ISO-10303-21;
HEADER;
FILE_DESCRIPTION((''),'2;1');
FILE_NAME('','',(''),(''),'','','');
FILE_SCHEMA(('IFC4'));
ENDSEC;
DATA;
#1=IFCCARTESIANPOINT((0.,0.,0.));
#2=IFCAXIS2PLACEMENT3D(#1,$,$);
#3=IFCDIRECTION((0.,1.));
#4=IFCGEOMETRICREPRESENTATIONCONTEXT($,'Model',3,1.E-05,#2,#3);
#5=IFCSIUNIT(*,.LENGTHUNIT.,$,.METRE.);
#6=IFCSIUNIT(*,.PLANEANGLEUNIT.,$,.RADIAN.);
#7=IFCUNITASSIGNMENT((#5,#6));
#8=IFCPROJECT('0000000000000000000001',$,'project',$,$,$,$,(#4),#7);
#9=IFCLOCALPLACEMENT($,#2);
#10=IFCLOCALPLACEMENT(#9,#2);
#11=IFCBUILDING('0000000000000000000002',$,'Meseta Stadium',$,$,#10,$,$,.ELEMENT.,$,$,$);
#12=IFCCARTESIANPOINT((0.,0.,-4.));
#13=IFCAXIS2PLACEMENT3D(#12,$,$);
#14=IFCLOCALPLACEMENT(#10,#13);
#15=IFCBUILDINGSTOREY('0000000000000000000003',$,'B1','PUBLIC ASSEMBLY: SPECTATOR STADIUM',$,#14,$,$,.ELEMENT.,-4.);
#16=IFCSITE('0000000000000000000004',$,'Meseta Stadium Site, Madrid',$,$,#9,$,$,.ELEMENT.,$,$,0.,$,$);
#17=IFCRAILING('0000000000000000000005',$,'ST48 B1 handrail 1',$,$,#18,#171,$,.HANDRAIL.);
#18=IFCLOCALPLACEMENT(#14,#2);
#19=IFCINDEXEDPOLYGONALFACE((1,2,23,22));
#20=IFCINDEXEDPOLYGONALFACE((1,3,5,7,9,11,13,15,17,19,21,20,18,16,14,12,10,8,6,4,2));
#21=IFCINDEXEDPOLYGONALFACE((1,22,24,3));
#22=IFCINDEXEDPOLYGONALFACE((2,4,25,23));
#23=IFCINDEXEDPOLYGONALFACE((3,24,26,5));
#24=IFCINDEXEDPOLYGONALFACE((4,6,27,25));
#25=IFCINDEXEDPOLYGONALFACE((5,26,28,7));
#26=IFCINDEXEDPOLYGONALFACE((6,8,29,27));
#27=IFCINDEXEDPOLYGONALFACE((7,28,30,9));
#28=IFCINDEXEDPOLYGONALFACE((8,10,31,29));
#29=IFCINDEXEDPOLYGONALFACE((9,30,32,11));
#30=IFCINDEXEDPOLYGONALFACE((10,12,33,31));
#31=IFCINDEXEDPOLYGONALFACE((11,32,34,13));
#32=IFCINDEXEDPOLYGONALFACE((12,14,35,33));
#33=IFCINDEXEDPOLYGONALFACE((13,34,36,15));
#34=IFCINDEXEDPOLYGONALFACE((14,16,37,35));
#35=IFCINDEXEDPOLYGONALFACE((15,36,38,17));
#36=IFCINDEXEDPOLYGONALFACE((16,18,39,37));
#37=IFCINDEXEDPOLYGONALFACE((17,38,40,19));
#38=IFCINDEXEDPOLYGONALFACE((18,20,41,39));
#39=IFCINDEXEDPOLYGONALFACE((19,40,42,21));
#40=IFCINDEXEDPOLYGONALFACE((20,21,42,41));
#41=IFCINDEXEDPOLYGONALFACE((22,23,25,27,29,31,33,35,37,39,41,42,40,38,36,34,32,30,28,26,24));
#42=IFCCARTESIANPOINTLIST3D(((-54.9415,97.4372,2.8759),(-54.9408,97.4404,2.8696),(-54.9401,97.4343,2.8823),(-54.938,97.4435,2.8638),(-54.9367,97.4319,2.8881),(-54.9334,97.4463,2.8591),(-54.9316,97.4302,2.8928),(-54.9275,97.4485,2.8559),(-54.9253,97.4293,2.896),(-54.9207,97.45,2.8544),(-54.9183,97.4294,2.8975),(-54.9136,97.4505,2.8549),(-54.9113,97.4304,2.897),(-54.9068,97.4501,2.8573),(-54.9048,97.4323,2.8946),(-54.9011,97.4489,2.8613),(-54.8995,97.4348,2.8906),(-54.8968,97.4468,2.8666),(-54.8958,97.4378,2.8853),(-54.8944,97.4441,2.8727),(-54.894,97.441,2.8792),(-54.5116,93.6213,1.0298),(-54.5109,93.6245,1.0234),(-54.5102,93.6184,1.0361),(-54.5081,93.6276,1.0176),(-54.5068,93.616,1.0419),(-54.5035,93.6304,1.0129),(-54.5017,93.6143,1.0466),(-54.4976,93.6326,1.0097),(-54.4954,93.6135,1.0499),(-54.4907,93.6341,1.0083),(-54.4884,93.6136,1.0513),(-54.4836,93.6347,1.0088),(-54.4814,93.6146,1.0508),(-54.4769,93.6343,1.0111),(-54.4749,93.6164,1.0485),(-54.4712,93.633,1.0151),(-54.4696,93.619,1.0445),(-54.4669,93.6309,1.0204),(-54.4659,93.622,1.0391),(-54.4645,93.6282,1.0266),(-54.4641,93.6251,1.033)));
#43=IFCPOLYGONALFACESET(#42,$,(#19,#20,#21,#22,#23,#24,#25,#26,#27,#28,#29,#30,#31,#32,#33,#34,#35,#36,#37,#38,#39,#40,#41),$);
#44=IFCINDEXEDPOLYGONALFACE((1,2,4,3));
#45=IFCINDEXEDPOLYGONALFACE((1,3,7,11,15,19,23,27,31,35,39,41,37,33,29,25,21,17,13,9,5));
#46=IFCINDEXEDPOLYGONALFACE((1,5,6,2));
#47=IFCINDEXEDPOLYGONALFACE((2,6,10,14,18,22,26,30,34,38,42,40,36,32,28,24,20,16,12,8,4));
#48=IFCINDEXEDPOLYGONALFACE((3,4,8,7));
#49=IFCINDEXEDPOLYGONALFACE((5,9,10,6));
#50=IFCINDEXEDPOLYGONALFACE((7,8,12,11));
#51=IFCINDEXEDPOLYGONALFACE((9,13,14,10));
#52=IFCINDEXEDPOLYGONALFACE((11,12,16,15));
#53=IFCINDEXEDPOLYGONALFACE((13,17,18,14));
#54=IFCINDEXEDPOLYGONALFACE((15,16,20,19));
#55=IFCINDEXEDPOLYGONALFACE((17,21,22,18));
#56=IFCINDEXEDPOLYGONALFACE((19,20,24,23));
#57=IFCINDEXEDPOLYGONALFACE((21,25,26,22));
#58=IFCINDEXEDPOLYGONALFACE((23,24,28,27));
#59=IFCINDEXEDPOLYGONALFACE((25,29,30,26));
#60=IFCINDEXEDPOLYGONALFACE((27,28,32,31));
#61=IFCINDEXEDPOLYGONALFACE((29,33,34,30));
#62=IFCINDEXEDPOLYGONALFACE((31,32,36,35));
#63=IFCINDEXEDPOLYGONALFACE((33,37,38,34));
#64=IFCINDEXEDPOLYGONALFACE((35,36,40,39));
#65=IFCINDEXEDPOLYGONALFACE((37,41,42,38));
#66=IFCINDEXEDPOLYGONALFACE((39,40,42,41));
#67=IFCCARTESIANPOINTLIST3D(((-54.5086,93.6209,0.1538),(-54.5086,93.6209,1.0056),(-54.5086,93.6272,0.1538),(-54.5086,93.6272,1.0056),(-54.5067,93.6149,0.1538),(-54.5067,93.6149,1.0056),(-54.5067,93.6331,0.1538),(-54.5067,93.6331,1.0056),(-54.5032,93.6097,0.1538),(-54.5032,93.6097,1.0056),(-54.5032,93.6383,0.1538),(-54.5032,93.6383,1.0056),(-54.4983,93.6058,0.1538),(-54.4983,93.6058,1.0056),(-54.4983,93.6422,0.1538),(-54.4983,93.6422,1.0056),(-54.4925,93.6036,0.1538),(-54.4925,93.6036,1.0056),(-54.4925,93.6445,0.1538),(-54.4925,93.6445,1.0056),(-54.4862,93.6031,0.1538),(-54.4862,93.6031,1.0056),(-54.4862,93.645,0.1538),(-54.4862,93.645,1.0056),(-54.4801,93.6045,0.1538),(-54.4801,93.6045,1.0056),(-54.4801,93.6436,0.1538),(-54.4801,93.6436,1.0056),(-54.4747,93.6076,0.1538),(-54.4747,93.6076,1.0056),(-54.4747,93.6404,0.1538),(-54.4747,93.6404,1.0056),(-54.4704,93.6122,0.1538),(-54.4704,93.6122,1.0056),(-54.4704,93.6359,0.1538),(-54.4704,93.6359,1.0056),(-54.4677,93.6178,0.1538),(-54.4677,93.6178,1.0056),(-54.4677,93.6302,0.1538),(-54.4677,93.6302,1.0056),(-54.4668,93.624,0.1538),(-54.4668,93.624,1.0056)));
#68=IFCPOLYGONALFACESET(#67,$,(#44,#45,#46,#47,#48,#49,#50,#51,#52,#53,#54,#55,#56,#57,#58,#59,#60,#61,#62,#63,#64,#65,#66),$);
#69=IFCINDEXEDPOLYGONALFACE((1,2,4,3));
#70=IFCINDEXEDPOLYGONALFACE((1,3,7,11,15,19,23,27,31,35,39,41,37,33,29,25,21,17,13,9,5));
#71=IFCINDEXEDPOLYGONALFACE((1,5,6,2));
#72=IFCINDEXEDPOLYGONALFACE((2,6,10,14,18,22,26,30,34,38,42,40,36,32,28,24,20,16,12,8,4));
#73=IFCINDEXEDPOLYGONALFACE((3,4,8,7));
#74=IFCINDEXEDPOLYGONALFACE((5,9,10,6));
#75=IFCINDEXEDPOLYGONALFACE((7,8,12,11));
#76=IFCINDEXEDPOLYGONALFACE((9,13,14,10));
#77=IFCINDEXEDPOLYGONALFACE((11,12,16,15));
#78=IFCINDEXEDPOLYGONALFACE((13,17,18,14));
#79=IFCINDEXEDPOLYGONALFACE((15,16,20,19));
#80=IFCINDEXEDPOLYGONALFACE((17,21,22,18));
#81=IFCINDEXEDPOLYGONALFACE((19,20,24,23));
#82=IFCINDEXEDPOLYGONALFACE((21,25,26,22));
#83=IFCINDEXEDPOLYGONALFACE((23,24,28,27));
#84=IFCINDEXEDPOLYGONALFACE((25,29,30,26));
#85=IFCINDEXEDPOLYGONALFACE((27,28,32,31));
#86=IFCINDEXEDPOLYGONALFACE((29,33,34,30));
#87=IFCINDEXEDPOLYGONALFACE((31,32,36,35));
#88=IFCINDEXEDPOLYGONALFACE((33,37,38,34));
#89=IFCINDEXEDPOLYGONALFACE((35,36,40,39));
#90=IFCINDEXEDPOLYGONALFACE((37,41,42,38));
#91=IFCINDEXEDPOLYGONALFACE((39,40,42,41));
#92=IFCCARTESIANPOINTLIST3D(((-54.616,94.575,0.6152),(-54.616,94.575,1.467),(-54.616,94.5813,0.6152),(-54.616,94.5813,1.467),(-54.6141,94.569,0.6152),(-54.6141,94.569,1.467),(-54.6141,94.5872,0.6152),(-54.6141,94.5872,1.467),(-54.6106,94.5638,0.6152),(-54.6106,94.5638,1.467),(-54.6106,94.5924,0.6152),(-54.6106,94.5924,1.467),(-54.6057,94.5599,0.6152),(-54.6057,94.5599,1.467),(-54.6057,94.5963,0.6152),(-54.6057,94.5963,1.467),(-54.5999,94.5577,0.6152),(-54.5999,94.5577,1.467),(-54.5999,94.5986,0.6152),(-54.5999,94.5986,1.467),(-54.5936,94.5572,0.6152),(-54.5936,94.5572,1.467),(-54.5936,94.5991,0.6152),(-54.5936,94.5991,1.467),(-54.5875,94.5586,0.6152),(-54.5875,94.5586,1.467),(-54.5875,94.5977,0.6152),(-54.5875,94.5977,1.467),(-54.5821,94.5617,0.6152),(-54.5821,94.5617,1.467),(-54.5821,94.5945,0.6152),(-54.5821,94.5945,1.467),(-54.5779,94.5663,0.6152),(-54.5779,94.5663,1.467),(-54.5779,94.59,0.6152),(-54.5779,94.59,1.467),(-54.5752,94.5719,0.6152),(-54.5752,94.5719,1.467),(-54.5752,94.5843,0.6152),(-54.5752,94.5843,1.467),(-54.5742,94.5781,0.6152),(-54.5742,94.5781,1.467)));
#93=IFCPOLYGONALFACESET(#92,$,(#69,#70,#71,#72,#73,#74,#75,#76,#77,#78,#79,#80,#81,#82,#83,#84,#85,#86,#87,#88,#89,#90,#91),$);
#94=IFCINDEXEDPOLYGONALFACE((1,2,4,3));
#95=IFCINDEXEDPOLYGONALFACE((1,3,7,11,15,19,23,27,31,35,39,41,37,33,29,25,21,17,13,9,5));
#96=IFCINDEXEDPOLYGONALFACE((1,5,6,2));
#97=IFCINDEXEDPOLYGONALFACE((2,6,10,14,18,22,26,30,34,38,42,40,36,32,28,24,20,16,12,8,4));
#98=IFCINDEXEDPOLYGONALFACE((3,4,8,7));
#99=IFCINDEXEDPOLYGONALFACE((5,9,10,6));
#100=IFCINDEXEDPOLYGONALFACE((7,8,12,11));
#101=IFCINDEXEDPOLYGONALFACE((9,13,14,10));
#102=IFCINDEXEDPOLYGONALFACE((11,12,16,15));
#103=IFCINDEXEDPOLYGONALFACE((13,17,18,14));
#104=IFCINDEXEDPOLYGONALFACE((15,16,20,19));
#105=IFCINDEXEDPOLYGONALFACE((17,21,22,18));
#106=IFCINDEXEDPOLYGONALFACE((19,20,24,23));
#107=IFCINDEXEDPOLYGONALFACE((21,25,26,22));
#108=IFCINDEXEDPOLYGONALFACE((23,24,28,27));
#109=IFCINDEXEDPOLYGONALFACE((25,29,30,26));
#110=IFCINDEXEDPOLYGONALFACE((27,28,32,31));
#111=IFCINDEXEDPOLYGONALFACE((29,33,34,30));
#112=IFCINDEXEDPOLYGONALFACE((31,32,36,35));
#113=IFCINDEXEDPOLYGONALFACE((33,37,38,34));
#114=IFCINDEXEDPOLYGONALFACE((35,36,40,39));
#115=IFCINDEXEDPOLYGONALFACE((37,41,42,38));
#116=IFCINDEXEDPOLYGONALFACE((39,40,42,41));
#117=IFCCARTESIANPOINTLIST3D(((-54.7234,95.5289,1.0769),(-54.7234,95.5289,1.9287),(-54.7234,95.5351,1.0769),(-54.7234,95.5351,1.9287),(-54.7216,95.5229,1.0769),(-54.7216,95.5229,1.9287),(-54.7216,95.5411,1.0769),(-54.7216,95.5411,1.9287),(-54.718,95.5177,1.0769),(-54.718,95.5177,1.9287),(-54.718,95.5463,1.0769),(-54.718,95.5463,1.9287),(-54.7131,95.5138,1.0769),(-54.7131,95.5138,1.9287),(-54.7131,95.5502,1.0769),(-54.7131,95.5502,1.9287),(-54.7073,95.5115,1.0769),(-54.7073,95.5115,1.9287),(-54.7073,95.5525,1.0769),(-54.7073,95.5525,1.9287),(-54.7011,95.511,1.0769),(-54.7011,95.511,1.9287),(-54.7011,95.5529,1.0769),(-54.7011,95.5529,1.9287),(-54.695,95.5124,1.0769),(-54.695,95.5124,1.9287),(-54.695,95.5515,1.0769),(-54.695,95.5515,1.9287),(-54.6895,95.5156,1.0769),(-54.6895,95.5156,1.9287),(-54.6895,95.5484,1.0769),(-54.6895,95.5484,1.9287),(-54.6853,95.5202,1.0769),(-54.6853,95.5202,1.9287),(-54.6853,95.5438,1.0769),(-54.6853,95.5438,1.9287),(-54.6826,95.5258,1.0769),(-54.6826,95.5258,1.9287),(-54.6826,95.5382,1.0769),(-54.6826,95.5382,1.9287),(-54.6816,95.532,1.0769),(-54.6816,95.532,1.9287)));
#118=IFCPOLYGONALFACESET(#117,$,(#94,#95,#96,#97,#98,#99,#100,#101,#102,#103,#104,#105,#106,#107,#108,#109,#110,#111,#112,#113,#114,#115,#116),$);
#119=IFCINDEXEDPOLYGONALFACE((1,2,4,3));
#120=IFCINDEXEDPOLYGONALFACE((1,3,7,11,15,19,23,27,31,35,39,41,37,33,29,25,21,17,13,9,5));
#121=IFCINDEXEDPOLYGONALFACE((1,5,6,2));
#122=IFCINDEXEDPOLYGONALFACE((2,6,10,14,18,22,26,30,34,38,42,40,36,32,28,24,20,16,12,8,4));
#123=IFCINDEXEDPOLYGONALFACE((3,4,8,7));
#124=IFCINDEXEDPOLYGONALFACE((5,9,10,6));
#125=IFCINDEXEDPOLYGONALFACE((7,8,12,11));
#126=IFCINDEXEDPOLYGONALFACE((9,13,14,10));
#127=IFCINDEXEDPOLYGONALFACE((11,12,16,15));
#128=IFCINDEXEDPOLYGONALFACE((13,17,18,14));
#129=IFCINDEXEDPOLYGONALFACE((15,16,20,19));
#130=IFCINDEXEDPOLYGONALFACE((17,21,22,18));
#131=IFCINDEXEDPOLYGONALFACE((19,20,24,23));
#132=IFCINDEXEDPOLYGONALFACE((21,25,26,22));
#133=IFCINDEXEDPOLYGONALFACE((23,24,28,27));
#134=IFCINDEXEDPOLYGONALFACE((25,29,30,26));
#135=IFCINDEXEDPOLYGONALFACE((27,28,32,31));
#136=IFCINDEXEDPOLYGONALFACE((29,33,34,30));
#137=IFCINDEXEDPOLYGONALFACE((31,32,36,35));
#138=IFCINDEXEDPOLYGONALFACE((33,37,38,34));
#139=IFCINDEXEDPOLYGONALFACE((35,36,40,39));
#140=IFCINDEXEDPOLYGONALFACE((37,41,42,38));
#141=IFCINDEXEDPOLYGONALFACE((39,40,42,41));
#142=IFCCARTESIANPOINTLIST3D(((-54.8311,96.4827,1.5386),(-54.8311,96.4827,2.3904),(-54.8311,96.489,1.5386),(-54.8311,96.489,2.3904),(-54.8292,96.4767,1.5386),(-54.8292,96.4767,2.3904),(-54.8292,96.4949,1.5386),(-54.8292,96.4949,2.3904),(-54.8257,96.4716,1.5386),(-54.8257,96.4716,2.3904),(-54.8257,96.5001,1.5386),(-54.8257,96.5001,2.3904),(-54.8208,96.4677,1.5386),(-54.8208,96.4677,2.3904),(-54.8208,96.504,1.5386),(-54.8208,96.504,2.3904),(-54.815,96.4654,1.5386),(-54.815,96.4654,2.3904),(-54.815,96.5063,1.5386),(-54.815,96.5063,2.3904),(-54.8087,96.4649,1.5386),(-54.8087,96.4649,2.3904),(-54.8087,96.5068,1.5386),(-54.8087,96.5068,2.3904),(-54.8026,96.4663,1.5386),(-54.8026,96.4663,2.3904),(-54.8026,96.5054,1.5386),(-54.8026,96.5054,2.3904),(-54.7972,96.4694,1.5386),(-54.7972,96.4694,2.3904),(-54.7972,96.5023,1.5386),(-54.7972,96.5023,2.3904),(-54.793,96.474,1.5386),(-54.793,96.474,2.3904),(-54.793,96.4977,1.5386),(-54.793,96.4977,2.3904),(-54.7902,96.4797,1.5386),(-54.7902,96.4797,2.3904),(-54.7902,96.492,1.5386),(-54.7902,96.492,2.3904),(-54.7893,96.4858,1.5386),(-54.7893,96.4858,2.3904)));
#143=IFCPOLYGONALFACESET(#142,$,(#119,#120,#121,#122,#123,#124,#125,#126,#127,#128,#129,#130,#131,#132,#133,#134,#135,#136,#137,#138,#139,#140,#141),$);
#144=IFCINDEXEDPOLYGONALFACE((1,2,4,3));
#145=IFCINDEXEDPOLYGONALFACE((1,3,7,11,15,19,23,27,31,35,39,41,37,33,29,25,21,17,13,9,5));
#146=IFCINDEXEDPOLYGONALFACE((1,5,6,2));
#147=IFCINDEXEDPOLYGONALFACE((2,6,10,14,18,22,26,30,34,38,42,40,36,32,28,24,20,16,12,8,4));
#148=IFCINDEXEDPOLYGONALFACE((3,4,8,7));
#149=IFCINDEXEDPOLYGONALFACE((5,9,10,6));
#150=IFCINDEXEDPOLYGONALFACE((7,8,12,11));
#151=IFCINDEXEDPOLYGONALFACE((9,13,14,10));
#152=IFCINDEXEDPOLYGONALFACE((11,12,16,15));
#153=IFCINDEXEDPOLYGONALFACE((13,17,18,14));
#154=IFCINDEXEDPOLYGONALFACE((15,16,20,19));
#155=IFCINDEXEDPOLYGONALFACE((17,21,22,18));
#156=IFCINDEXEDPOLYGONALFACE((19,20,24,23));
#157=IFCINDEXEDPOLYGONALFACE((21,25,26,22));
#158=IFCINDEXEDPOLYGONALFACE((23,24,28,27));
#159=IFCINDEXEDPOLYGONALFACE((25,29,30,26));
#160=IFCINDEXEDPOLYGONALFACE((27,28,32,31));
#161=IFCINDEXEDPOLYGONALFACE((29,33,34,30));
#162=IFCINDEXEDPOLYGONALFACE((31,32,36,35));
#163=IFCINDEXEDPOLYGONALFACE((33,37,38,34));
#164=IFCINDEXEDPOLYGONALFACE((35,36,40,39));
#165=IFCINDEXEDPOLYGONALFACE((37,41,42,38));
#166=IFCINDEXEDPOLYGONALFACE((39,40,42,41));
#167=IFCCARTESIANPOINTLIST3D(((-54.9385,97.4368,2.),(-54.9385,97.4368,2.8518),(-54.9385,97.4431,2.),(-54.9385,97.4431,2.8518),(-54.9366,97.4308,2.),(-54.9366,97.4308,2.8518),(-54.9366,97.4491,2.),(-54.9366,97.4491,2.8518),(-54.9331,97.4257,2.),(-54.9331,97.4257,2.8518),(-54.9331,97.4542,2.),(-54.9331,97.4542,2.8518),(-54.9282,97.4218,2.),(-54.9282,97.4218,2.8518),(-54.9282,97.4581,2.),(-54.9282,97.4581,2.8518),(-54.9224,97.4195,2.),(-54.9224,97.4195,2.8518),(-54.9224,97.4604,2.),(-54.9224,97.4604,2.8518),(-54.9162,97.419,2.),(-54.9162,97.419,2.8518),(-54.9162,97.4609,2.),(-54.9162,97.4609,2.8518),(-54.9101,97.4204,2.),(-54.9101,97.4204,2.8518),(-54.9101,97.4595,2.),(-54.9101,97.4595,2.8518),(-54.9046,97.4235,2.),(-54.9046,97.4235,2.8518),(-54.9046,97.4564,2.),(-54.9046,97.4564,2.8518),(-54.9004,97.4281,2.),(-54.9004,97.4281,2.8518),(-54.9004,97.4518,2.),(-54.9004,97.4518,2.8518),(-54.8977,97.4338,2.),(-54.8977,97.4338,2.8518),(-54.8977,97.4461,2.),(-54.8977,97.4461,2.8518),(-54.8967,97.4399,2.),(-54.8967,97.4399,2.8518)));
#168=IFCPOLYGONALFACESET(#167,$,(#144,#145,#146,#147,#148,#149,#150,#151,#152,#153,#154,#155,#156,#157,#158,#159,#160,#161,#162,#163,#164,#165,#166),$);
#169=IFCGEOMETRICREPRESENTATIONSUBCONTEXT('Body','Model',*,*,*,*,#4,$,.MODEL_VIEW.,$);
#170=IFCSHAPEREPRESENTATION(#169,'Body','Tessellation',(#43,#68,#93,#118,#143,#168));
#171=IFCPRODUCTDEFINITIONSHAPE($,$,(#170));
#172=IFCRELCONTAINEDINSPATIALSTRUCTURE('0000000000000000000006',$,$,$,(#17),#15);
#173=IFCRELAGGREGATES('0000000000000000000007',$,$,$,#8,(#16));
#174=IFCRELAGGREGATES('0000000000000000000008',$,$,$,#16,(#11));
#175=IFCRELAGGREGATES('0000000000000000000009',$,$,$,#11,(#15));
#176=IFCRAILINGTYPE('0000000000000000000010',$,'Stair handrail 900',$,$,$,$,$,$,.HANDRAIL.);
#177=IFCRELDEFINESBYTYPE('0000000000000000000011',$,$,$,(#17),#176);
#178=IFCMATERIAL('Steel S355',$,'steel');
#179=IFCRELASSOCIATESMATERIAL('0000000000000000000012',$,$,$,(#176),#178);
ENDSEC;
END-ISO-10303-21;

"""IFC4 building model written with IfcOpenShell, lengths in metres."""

from ifc_helpers import new_model, si_unit, direction, frame, origin, origin_2d, place, context, subcontext, project, spatial, circle, extrude, material, type_object, element, save


model = new_model("IFC4")

# Units and contexts
model_context = context("Model", 3, precision=1e-05, world=origin(), true_north=direction((0.0, 1.0)))
body_context = subcontext(model_context, "Body", "Model", "MODEL_VIEW")
ifc_project = project(units=[si_unit("LENGTHUNIT", "METRE"), si_unit("PLANEANGLEUNIT", "RADIAN")], contexts=[model_context])

# Site, building, storey
site_placement = place(None, origin())
site = spatial("IfcSite", under=ifc_project, at=site_placement, Name="Meseta Stadium Site, Madrid", CompositionType="ELEMENT", RefElevation=0.0)
building_placement = place(site_placement, origin())
building = spatial("IfcBuilding", under=site, at=building_placement, Name="Meseta Stadium", CompositionType="ELEMENT")
storey_placement = place(building_placement, frame((0.0, 0.0, -4.0)))
storey = spatial("IfcBuildingStorey", under=building, at=storey_placement, Name="B1", Description="PUBLIC ASSEMBLY: SPECTATOR STADIUM", CompositionType="ELEMENT", Elevation=-4.0)

# Railing
ifc_material_1 = material(Name="Steel S355", Category="steel")
railing_type_1 = type_object("IfcRailingType", Name="Stair handrail 900", PredefinedType="HANDRAIL", material=ifc_material_1)
railing_1_placement = place(storey_placement, frame((-54.4878, 93.624, 0.1538)))
element("IfcRailing", 1, at=railing_1_placement, inside=storey, type_object=railing_type_1, Name="ST48 B1 handrail 1", PredefinedType="HANDRAIL", context=body_context, shape_type="SweptSolid", body=[
    extrude(circle(Radius=0.0239, at=origin_2d()), frame((0.0, 0.0, 0.876), z_axis=(-0.100904, 0.895585, 0.433296), x_axis=(-0.993713, -0.11196, 0.0)), (0.0, 0.0, 1.0), 4.2607),
    extrude(circle(Radius=0.021, at=origin_2d()), origin(), (0.0, 0.0, 1.0), 0.8518),
    extrude(circle(Radius=0.021, at=origin_2d()), frame((-0.1074, 0.9541, 0.4614)), (0.0, 0.0, 1.0), 0.8518),
    extrude(circle(Radius=0.021, at=origin_2d()), frame((-0.2148, 1.908, 0.9231)), (0.0, 0.0, 1.0), 0.8518),
    extrude(circle(Radius=0.021, at=origin_2d()), frame((-0.3225, 2.8618, 1.3848)), (0.0, 0.0, 1.0), 0.8518),
    extrude(circle(Radius=0.021, at=origin_2d()), frame((-0.4299, 3.8159, 1.8462)), (0.0, 0.0, 1.0), 0.8518),
])

save(model, "model.ifc")
